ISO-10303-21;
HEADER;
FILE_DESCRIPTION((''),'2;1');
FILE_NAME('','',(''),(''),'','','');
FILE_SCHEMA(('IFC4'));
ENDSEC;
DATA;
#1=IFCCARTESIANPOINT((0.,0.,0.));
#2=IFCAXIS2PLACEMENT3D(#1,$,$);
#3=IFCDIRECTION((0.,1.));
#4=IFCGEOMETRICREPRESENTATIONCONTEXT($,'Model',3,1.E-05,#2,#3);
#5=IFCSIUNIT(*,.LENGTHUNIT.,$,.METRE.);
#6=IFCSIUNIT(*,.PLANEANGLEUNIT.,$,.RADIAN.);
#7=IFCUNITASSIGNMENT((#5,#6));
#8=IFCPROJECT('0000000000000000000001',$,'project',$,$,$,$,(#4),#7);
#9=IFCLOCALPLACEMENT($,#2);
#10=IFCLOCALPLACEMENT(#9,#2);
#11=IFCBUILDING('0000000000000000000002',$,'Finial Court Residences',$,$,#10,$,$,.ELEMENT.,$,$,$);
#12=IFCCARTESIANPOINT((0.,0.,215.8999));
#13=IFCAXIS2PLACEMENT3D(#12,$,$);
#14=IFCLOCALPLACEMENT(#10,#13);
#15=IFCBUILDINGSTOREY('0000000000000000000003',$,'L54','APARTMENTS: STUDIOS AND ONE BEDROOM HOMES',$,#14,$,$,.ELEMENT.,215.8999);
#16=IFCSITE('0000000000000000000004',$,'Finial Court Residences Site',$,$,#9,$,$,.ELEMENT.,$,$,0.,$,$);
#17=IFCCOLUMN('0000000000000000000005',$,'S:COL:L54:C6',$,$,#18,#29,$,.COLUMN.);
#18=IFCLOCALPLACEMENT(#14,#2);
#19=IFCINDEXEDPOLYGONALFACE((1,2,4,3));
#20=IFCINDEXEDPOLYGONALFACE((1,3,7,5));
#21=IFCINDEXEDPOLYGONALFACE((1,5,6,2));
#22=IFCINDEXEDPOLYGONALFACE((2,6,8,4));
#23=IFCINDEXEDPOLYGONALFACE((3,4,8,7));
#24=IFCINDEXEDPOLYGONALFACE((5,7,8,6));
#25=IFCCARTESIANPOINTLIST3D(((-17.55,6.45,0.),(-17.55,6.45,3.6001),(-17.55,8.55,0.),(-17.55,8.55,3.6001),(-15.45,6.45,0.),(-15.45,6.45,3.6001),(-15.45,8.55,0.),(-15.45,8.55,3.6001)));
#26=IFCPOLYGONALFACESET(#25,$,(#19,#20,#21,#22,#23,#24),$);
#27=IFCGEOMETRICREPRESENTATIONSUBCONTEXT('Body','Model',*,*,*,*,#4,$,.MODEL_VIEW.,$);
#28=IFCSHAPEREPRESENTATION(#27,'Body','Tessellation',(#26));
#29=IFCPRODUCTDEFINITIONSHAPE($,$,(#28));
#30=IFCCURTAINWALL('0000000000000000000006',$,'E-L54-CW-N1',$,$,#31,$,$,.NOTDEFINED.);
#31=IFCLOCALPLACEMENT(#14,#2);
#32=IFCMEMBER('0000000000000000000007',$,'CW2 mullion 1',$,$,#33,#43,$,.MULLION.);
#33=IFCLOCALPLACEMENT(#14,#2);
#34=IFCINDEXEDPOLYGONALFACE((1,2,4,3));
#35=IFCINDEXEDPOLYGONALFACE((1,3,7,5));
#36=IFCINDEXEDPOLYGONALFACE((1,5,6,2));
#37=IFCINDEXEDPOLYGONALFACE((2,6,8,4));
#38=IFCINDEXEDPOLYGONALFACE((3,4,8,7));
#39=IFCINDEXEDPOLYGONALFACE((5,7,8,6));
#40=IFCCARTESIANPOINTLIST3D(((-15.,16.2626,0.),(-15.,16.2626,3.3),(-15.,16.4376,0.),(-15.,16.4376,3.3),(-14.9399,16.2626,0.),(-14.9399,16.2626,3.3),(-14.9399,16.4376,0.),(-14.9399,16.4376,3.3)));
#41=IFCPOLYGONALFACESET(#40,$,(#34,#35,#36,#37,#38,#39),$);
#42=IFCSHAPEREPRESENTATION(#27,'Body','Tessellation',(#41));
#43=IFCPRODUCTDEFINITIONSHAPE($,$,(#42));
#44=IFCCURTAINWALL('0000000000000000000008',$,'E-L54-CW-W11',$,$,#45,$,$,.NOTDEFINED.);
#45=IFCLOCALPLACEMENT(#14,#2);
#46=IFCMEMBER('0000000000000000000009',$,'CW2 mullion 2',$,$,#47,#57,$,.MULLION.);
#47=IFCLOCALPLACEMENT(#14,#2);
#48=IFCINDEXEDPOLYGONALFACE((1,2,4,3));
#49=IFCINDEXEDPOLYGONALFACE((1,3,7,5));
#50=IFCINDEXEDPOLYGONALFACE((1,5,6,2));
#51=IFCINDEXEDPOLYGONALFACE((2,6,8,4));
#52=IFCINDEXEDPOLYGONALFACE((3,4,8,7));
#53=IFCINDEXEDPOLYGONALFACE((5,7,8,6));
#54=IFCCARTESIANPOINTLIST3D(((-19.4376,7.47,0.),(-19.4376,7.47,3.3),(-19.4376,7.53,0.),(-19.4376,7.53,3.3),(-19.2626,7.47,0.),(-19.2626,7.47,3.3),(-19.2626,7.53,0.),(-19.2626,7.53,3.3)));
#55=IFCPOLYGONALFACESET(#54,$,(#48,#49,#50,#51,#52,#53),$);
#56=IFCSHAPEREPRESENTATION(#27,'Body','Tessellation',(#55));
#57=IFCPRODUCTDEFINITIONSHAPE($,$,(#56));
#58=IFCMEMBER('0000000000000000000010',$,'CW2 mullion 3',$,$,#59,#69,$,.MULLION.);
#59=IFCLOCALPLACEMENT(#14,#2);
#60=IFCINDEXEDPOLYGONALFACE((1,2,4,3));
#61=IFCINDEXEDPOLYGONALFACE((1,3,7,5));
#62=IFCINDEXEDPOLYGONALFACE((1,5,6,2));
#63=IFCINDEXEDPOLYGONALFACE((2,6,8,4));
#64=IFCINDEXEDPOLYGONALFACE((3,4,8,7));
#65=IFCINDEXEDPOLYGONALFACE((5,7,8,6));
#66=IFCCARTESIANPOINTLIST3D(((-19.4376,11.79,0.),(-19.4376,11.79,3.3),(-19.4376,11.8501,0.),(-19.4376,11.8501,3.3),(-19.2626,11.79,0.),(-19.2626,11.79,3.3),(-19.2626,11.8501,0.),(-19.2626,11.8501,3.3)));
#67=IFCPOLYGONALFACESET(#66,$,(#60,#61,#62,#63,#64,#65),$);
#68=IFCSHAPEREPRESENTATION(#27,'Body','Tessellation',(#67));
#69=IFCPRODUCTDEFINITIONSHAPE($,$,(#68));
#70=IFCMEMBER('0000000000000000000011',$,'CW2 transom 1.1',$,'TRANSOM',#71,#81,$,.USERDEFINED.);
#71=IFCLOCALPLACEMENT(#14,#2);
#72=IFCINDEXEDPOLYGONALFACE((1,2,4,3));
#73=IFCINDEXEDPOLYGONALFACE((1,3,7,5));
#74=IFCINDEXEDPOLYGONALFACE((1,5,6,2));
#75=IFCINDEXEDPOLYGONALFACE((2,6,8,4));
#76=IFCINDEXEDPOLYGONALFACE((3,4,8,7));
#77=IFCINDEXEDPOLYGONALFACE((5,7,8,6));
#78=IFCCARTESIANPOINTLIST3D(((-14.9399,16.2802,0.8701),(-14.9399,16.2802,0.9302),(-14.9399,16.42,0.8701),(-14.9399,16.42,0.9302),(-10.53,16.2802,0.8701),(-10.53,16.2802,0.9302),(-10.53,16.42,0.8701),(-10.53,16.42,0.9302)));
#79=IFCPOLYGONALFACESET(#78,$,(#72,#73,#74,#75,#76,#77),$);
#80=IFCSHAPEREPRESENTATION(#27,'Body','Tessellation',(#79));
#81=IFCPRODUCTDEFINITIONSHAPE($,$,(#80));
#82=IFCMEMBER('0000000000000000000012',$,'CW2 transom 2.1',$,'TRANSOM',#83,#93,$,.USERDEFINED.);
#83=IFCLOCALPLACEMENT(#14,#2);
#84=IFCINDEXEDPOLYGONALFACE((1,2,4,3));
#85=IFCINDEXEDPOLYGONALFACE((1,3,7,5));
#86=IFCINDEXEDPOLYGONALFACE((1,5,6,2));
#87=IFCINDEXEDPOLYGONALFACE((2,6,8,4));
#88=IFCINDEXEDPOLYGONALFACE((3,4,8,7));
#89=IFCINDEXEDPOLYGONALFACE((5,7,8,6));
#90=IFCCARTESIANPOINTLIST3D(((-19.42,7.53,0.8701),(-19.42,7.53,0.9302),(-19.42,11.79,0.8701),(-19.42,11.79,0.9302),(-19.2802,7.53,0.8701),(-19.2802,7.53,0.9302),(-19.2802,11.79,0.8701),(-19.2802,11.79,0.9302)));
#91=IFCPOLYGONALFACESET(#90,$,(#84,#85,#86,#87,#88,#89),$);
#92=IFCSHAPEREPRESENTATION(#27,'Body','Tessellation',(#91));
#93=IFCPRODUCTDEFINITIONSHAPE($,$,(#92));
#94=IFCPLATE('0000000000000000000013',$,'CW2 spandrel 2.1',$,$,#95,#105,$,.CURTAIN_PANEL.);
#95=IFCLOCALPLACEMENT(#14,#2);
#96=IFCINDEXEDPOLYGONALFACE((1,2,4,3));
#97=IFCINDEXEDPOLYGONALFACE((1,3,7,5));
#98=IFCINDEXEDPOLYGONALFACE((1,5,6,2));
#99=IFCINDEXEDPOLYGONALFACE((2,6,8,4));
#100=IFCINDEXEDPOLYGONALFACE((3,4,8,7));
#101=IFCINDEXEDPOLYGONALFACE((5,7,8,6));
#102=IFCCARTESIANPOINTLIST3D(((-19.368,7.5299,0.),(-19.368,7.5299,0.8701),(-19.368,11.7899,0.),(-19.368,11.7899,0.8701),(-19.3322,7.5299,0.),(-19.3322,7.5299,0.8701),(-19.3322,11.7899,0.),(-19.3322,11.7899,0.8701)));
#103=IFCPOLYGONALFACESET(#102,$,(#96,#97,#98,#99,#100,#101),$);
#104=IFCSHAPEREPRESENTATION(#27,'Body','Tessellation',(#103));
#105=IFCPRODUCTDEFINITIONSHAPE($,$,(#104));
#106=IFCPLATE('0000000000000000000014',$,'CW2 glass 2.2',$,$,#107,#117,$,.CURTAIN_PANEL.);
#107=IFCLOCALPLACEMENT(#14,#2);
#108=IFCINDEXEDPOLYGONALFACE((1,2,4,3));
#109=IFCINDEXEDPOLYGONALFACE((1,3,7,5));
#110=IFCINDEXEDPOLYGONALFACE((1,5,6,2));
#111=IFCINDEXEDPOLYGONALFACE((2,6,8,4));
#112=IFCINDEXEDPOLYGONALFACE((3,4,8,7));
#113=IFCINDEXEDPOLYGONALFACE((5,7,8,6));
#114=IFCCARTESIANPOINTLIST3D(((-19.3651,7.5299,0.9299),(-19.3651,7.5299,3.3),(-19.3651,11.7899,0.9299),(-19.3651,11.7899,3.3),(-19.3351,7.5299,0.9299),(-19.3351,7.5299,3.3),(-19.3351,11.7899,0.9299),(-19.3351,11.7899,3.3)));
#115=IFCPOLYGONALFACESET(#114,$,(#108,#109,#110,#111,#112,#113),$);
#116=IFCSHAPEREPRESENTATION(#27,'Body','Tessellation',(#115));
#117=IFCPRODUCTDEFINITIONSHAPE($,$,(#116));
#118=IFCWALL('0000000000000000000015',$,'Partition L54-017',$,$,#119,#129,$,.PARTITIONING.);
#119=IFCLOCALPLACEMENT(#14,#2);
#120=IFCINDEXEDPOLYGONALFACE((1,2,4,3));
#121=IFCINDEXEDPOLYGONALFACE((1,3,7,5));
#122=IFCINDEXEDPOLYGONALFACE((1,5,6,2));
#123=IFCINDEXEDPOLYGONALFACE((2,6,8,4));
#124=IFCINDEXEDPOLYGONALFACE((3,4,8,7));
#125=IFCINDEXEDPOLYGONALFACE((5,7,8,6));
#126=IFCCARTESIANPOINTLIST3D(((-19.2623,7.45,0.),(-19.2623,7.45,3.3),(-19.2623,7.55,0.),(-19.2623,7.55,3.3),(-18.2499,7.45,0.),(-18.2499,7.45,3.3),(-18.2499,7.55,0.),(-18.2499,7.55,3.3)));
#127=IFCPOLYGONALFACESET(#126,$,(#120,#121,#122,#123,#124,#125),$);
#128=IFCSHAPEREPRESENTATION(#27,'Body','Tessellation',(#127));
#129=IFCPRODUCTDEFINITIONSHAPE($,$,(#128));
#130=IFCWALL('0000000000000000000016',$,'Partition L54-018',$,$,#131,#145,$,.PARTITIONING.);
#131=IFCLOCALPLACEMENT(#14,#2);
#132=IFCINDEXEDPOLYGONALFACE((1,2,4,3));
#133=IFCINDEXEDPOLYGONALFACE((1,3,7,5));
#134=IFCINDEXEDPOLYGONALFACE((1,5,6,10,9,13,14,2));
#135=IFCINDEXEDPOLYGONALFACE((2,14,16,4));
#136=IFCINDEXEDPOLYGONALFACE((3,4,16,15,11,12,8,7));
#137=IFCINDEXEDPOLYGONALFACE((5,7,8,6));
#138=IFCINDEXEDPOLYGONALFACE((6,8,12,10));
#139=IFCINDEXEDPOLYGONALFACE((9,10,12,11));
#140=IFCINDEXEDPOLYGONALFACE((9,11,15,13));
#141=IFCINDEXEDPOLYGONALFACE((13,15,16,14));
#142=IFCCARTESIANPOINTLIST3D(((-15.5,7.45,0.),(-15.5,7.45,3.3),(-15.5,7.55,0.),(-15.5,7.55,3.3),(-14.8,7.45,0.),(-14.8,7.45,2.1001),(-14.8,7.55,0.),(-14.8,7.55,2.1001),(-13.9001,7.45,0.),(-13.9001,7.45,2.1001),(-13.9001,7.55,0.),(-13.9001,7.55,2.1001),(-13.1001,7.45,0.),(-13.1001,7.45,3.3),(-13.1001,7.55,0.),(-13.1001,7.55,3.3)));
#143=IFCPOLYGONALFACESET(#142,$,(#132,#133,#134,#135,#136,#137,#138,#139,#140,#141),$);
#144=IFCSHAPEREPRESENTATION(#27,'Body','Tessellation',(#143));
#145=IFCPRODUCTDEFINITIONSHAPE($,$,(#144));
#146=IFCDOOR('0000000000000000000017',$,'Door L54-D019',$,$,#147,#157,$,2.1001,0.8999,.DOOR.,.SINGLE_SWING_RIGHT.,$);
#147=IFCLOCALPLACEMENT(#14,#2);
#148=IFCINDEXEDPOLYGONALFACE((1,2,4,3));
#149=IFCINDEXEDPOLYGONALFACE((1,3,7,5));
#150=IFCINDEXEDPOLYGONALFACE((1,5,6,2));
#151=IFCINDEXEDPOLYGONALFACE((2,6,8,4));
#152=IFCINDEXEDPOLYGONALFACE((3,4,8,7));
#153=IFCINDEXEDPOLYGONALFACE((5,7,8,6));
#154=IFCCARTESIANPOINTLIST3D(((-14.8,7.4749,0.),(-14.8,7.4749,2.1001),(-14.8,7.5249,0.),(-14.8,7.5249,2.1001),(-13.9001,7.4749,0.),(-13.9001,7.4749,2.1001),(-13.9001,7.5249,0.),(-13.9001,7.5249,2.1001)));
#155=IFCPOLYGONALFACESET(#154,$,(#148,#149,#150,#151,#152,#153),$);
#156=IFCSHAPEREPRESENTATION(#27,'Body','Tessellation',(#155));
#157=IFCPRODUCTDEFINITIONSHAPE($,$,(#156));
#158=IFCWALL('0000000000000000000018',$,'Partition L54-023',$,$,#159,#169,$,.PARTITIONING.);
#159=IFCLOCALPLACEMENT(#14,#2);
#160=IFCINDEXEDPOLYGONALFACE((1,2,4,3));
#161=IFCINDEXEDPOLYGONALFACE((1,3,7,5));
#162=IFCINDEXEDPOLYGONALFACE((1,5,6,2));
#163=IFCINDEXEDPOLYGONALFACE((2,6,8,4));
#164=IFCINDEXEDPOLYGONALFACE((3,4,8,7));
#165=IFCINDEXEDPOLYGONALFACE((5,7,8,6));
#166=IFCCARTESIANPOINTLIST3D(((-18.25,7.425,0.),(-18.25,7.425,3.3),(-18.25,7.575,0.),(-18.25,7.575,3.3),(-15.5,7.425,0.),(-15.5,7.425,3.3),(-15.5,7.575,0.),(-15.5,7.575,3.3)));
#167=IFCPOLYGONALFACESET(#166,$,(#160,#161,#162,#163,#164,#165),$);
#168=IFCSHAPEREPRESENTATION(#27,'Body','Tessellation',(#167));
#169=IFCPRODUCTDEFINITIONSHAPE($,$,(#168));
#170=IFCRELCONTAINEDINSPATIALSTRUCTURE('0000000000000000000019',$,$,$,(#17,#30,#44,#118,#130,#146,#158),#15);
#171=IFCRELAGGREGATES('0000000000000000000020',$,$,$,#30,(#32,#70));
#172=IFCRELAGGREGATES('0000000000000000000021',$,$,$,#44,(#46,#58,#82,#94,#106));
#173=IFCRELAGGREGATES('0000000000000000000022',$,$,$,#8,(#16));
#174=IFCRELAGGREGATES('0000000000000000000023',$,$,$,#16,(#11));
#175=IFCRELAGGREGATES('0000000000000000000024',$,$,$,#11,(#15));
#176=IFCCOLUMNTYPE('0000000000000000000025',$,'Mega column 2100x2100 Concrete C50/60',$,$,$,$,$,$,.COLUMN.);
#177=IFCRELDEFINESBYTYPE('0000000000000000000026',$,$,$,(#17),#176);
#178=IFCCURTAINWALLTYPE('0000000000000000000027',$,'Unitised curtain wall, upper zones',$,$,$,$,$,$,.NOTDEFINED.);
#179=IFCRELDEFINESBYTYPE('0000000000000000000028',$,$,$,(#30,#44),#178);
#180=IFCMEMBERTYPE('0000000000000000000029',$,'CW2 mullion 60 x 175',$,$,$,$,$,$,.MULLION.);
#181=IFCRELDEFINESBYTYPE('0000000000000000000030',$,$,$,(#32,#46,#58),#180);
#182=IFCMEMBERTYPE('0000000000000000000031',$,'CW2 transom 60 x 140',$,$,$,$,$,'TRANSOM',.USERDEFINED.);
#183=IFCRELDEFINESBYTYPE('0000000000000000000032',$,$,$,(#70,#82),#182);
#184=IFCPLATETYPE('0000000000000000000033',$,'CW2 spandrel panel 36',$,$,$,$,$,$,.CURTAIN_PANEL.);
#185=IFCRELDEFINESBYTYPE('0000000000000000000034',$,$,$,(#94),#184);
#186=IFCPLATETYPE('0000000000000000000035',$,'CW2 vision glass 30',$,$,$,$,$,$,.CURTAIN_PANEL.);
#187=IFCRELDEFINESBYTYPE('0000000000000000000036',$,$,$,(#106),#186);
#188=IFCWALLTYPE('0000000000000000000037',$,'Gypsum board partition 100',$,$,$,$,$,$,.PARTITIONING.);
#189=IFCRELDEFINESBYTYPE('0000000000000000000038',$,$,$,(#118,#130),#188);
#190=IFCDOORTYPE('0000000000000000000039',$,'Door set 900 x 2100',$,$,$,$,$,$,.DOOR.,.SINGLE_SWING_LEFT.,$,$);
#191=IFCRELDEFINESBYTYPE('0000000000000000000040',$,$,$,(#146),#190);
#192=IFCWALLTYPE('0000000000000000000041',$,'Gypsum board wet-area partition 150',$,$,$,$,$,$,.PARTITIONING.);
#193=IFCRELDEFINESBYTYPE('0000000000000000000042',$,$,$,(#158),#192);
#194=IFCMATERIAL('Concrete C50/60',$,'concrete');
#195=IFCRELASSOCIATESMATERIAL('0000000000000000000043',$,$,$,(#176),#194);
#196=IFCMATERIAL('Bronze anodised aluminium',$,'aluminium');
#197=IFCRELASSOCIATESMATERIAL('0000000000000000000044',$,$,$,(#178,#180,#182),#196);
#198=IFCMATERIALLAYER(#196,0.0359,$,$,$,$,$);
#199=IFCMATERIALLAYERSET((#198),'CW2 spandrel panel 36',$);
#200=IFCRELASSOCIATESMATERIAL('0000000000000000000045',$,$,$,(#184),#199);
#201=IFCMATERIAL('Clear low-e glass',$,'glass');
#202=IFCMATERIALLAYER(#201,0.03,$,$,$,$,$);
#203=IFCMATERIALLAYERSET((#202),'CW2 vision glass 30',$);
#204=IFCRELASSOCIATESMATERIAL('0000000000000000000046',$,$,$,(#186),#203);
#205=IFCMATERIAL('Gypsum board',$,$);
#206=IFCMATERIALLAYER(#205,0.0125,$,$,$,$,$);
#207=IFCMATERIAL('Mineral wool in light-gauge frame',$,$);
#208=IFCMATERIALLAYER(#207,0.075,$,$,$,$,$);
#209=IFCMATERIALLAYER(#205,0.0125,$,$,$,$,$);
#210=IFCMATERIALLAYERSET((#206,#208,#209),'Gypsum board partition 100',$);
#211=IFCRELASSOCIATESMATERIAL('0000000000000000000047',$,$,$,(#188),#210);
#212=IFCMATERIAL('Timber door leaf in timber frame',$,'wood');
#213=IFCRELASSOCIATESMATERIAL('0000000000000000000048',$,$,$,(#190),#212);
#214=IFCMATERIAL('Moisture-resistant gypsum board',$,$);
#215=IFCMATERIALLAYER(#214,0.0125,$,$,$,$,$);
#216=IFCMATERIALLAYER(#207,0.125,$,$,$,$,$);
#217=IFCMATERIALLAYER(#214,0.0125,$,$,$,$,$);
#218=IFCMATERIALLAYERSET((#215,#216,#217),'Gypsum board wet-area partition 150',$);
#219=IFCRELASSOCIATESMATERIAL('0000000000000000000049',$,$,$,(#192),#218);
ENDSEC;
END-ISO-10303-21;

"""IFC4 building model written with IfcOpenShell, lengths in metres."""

from ifc_helpers import new_model, si_unit, direction, frame, frame_2d, origin, origin_2d, place, context, subcontext, project, spatial, rectangle, extrude, material, layer, layer_set, material_profile, profile_set, type_object, element, fill, aggregate, save


model = new_model("IFC4")

# Units and contexts
model_context = context("Model", 3, precision=1e-05, world=origin(), true_north=direction((0.0, 1.0)))
body_context = subcontext(model_context, "Body", "Model", "MODEL_VIEW")
ifc_project = project(units=[si_unit("LENGTHUNIT", "METRE"), si_unit("PLANEANGLEUNIT", "RADIAN")], contexts=[model_context])

# Site, building, storey
site_placement = place(None, origin())
site = spatial("IfcSite", under=ifc_project, at=site_placement, Name="Finial Court Residences Site", CompositionType="ELEMENT", RefElevation=0.0)
building_placement = place(site_placement, origin())
building = spatial("IfcBuilding", under=site, at=building_placement, Name="Finial Court Residences", CompositionType="ELEMENT")
storey_placement = place(building_placement, frame((0.0, 0.0, 215.8999)))
storey = spatial("IfcBuildingStorey", under=building, at=storey_placement, Name="L54", Description="APARTMENTS: STUDIOS AND ONE BEDROOM HOMES", CompositionType="ELEMENT", Elevation=215.8999)

# Column
ifc_material_1 = material(Name="Concrete C50/60", Category="concrete")
ifc_material_profile_1 = material_profile(ifc_material_1, rectangle(XDim=2.1001, YDim=2.1001, at=origin_2d()), Name="2100x2100")
ifc_profile_set_1 = profile_set([ifc_material_profile_1], Name="Concrete C50/60")
column_type = type_object("IfcColumnType", Name="Mega column 2100x2100 Concrete C50/60", PredefinedType="COLUMN", material=ifc_profile_set_1)
column_placement = place(storey_placement, frame((-16.5, 7.5, 0.0), z_axis=(0.0, 0.0, 1.0), x_axis=(1.0, 0.0, 0.0)))
element("IfcColumn", 1, at=column_placement, inside=storey, type_object=column_type, Name="S:COL:L54:C6", PredefinedType="COLUMN", context=body_context, shape_type="SweptSolid", body=[
    extrude(rectangle(XDim=2.1001, YDim=2.1001, at=origin_2d()), origin(), (0.0, 0.0, 1.0), 3.6001),
])

# Curtain wall, member
ifc_material_2 = material(Name="Bronze anodised aluminium", Category="aluminium")
curtain_wall_type = type_object("IfcCurtainWallType", Name="Unitised curtain wall, upper zones", PredefinedType="NOTDEFINED", material=ifc_material_2)
curtain_wall_1_placement = place(storey_placement, origin())
curtain_wall_1 = element("IfcCurtainWall", 2, at=curtain_wall_1_placement, inside=storey, type_object=curtain_wall_type, Name="E-L54-CW-N1", PredefinedType="NOTDEFINED")
ifc_material_profile_2 = material_profile(ifc_material_2, rectangle(XDim=0.175, YDim=0.0601, at=origin_2d()), Name="CW2 mullion 60 x 175")
ifc_profile_set_2 = profile_set([ifc_material_profile_2], Name="Bronze anodised aluminium")
member_type_1 = type_object("IfcMemberType", Name="CW2 mullion 60 x 175", PredefinedType="MULLION", material=ifc_profile_set_2)
member_1_placement = place(storey_placement, frame((-14.97, 16.3501, 0.0), z_axis=(0.0, 0.0, 1.0), x_axis=(0.0, 1.0, 0.0)))
member_1 = element("IfcMember", 3, at=member_1_placement, type_object=member_type_1, Name="CW2 mullion 1", PredefinedType="MULLION", context=body_context, shape_type="SweptSolid", body=[
    extrude(rectangle(XDim=0.175, YDim=0.0601, at=origin_2d()), origin(), (0.0, 0.0, 1.0), 3.3),
])

# Curtain wall, members
curtain_wall_2_placement = place(storey_placement, origin())
curtain_wall_2 = element("IfcCurtainWall", 4, at=curtain_wall_2_placement, inside=storey, type_object=curtain_wall_type, Name="E-L54-CW-W11", PredefinedType="NOTDEFINED")
member_2_placement = place(storey_placement, frame((-19.3501, 7.5, 0.0), z_axis=(0.0, 0.0, 1.0), x_axis=(-1.0, 0.0, 0.0)))
member_2 = element("IfcMember", 5, at=member_2_placement, type_object=member_type_1, Name="CW2 mullion 2", PredefinedType="MULLION", context=body_context, shape_type="SweptSolid", body=[
    extrude(rectangle(XDim=0.175, YDim=0.0601, at=origin_2d()), origin(), (0.0, 0.0, 1.0), 3.3),
])
member_3_placement = place(storey_placement, frame((-19.3501, 11.8201, 0.0), z_axis=(0.0, 0.0, 1.0), x_axis=(-1.0, 0.0, 0.0)))
member_3 = element("IfcMember", 6, at=member_3_placement, type_object=member_type_1, Name="CW2 mullion 3", PredefinedType="MULLION", context=body_context, shape_type="SweptSolid", body=[
    extrude(rectangle(XDim=0.175, YDim=0.0601, at=origin_2d()), origin(), (0.0, 0.0, 1.0), 3.3),
])

# Members
ifc_material_profile_3 = material_profile(ifc_material_2, rectangle(XDim=0.1399, YDim=0.0601, at=origin_2d()), Name="CW2 transom 60 x 140")
ifc_profile_set_3 = profile_set([ifc_material_profile_3], Name="Bronze anodised aluminium")
member_type_2 = type_object("IfcMemberType", Name="CW2 transom 60 x 140", ElementType="TRANSOM", PredefinedType="USERDEFINED", material=ifc_profile_set_3)
member_4_placement = place(storey_placement, frame((-14.9399, 16.3501, 0.9001), z_axis=(1.0, 0.0, 0.0), x_axis=(0.0, 1.0, 0.0)))
member_4 = element("IfcMember", 7, at=member_4_placement, type_object=member_type_2, Name="CW2 transom 1.1", ObjectType="TRANSOM", PredefinedType="USERDEFINED", context=body_context, shape_type="SweptSolid", body=[
    extrude(rectangle(XDim=0.1399, YDim=0.0601, at=origin_2d()), origin(), (0.0, 0.0, 1.0), 4.4099),
])
aggregate(curtain_wall_1, [member_1, member_4])
member_5_placement = place(storey_placement, frame((-19.3501, 7.53, 0.9001), z_axis=(0.0, 1.0, 0.0), x_axis=(-1.0, 0.0, 0.0)))
member_5 = element("IfcMember", 8, at=member_5_placement, type_object=member_type_2, Name="CW2 transom 2.1", ObjectType="TRANSOM", PredefinedType="USERDEFINED", context=body_context, shape_type="SweptSolid", body=[
    extrude(rectangle(XDim=0.1399, YDim=0.0601, at=origin_2d()), origin(), (0.0, 0.0, 1.0), 4.26),
])

# Plates
ifc_layer_1 = layer(ifc_material_2, 0.0359)
ifc_layer_set_1 = layer_set([ifc_layer_1], Name="CW2 spandrel panel 36")
plate_type_1 = type_object("IfcPlateType", Name="CW2 spandrel panel 36", PredefinedType="CURTAIN_PANEL", material=ifc_layer_set_1)
plate_1_placement = place(storey_placement, frame((-19.3501, 9.6599, 0.0), z_axis=(0.0, 0.0, 1.0), x_axis=(0.0, 1.0, 0.0)))
plate_1 = element("IfcPlate", 9, at=plate_1_placement, type_object=plate_type_1, Name="CW2 spandrel 2.1", PredefinedType="CURTAIN_PANEL", context=body_context, shape_type="SweptSolid", body=[
    extrude(rectangle(XDim=4.26, YDim=0.0359, at=origin_2d()), origin(), (0.0, 0.0, 1.0), 0.8701),
])
ifc_material_3 = material(Name="Clear low-e glass", Category="glass")
ifc_layer_2 = layer(ifc_material_3, 0.03)
ifc_layer_set_2 = layer_set([ifc_layer_2], Name="CW2 vision glass 30")
plate_type_2 = type_object("IfcPlateType", Name="CW2 vision glass 30", PredefinedType="CURTAIN_PANEL", material=ifc_layer_set_2)
plate_2_placement = place(storey_placement, frame((-19.3501, 9.6599, 0.9299), z_axis=(0.0, 0.0, 1.0), x_axis=(0.0, 1.0, 0.0)))
plate_2 = element("IfcPlate", 10, at=plate_2_placement, type_object=plate_type_2, Name="CW2 glass 2.2", PredefinedType="CURTAIN_PANEL", context=body_context, shape_type="SweptSolid", body=[
    extrude(rectangle(XDim=4.26, YDim=0.03, at=origin_2d()), origin(), (0.0, 0.0, 1.0), 2.3701),
])
aggregate(curtain_wall_2, [member_2, member_3, member_5, plate_1, plate_2])

# Wall
ifc_material_4 = material(Name="Gypsum board")
ifc_layer_3 = layer(ifc_material_4, 0.0125)
ifc_material_5 = material(Name="Mineral wool in light-gauge frame")
ifc_layer_4 = layer(ifc_material_5, 0.075)
ifc_layer_5 = layer(ifc_material_4, 0.0125)
ifc_layer_set_3 = layer_set([ifc_layer_3, ifc_layer_4, ifc_layer_5], Name="Gypsum board partition 100")
wall_type_1 = type_object("IfcWallType", Name="Gypsum board partition 100", PredefinedType="PARTITIONING", material=ifc_layer_set_3)
wall_1_placement = place(storey_placement, frame((-19.2625, 7.5, 0.0), z_axis=(0.0, 0.0, 1.0), x_axis=(1.0, 0.0, 0.0)))
element("IfcWall", 11, at=wall_1_placement, inside=storey, type_object=wall_type_1, Name="Partition L54-017", PredefinedType="PARTITIONING", context=body_context, shape_type="SweptSolid", body=[
    extrude(rectangle(XDim=1.0125, YDim=0.1001, at=frame_2d((0.5063, 0.0))), origin(), (0.0, 0.0, 1.0), 3.3),
])

# Wall, opening, door
wall_2_placement = place(storey_placement, frame((-15.5, 7.5, 0.0), z_axis=(0.0, 0.0, 1.0), x_axis=(1.0, 0.0, 0.0)))
wall_2 = element("IfcWall", 12, at=wall_2_placement, inside=storey, type_object=wall_type_1, Name="Partition L54-018", PredefinedType="PARTITIONING", context=body_context, shape_type="SweptSolid", body=[
    extrude(rectangle(XDim=2.3999, YDim=0.1001, at=frame_2d((1.2, 0.0))), origin(), (0.0, 0.0, 1.0), 3.3),
])
opening_1_placement = place(wall_2_placement, frame((0.7, 0.0, 0.0)))
opening_1 = element("IfcOpeningElement", 13, at=opening_1_placement, cuts=wall_2, PredefinedType="OPENING", context=body_context, shape_type="SweptSolid", body=[
    extrude(rectangle(XDim=0.8999, YDim=2.1001, at=frame_2d((0.45, 1.05))), frame((0.0, 0.0601, 0.0), z_axis=(0.0, -1.0, 0.0), x_axis=(1.0, 0.0, 0.0)), (0.0, 0.0, 1.0), 0.1201),
])
ifc_material_6 = material(Name="Timber door leaf in timber frame", Category="wood")
door_type = type_object("IfcDoorType", Name="Door set 900 x 2100", OperationType="SINGLE_SWING_LEFT", PredefinedType="DOOR", material=ifc_material_6)
door_placement = place(opening_1_placement, origin())
door = element("IfcDoor", 14, at=door_placement, inside=storey, type_object=door_type, Name="Door L54-D019", OperationType="SINGLE_SWING_RIGHT", OverallHeight=2.1001, OverallWidth=0.8999, PredefinedType="DOOR", context=body_context, shape_type="SweptSolid", body=[
    extrude(rectangle(XDim=0.8999, YDim=2.1001, at=frame_2d((0.45, 1.05))), frame((0.0, 0.0249, 0.0), z_axis=(0.0, -1.0, 0.0), x_axis=(1.0, 0.0, 0.0)), (0.0, 0.0, 1.0), 0.05),
])
fill(opening_1, door)

# Wall
ifc_material_7 = material(Name="Moisture-resistant gypsum board")
ifc_layer_6 = layer(ifc_material_7, 0.0125)
ifc_layer_7 = layer(ifc_material_5, 0.125)
ifc_layer_8 = layer(ifc_material_7, 0.0125)
ifc_layer_set_4 = layer_set([ifc_layer_6, ifc_layer_7, ifc_layer_8], Name="Gypsum board wet-area partition 150")
wall_type_2 = type_object("IfcWallType", Name="Gypsum board wet-area partition 150", PredefinedType="PARTITIONING", material=ifc_layer_set_4)
wall_3_placement = place(storey_placement, frame((-18.25, 7.5, 0.0), z_axis=(0.0, 0.0, 1.0), x_axis=(1.0, 0.0, 0.0)))
element("IfcWall", 15, at=wall_3_placement, inside=storey, type_object=wall_type_2, Name="Partition L54-023", PredefinedType="PARTITIONING", context=body_context, shape_type="SweptSolid", body=[
    extrude(rectangle(XDim=2.75, YDim=0.1499, at=frame_2d((1.375, 0.0))), origin(), (0.0, 0.0, 1.0), 3.3),
])

save(model, "model.ifc")
